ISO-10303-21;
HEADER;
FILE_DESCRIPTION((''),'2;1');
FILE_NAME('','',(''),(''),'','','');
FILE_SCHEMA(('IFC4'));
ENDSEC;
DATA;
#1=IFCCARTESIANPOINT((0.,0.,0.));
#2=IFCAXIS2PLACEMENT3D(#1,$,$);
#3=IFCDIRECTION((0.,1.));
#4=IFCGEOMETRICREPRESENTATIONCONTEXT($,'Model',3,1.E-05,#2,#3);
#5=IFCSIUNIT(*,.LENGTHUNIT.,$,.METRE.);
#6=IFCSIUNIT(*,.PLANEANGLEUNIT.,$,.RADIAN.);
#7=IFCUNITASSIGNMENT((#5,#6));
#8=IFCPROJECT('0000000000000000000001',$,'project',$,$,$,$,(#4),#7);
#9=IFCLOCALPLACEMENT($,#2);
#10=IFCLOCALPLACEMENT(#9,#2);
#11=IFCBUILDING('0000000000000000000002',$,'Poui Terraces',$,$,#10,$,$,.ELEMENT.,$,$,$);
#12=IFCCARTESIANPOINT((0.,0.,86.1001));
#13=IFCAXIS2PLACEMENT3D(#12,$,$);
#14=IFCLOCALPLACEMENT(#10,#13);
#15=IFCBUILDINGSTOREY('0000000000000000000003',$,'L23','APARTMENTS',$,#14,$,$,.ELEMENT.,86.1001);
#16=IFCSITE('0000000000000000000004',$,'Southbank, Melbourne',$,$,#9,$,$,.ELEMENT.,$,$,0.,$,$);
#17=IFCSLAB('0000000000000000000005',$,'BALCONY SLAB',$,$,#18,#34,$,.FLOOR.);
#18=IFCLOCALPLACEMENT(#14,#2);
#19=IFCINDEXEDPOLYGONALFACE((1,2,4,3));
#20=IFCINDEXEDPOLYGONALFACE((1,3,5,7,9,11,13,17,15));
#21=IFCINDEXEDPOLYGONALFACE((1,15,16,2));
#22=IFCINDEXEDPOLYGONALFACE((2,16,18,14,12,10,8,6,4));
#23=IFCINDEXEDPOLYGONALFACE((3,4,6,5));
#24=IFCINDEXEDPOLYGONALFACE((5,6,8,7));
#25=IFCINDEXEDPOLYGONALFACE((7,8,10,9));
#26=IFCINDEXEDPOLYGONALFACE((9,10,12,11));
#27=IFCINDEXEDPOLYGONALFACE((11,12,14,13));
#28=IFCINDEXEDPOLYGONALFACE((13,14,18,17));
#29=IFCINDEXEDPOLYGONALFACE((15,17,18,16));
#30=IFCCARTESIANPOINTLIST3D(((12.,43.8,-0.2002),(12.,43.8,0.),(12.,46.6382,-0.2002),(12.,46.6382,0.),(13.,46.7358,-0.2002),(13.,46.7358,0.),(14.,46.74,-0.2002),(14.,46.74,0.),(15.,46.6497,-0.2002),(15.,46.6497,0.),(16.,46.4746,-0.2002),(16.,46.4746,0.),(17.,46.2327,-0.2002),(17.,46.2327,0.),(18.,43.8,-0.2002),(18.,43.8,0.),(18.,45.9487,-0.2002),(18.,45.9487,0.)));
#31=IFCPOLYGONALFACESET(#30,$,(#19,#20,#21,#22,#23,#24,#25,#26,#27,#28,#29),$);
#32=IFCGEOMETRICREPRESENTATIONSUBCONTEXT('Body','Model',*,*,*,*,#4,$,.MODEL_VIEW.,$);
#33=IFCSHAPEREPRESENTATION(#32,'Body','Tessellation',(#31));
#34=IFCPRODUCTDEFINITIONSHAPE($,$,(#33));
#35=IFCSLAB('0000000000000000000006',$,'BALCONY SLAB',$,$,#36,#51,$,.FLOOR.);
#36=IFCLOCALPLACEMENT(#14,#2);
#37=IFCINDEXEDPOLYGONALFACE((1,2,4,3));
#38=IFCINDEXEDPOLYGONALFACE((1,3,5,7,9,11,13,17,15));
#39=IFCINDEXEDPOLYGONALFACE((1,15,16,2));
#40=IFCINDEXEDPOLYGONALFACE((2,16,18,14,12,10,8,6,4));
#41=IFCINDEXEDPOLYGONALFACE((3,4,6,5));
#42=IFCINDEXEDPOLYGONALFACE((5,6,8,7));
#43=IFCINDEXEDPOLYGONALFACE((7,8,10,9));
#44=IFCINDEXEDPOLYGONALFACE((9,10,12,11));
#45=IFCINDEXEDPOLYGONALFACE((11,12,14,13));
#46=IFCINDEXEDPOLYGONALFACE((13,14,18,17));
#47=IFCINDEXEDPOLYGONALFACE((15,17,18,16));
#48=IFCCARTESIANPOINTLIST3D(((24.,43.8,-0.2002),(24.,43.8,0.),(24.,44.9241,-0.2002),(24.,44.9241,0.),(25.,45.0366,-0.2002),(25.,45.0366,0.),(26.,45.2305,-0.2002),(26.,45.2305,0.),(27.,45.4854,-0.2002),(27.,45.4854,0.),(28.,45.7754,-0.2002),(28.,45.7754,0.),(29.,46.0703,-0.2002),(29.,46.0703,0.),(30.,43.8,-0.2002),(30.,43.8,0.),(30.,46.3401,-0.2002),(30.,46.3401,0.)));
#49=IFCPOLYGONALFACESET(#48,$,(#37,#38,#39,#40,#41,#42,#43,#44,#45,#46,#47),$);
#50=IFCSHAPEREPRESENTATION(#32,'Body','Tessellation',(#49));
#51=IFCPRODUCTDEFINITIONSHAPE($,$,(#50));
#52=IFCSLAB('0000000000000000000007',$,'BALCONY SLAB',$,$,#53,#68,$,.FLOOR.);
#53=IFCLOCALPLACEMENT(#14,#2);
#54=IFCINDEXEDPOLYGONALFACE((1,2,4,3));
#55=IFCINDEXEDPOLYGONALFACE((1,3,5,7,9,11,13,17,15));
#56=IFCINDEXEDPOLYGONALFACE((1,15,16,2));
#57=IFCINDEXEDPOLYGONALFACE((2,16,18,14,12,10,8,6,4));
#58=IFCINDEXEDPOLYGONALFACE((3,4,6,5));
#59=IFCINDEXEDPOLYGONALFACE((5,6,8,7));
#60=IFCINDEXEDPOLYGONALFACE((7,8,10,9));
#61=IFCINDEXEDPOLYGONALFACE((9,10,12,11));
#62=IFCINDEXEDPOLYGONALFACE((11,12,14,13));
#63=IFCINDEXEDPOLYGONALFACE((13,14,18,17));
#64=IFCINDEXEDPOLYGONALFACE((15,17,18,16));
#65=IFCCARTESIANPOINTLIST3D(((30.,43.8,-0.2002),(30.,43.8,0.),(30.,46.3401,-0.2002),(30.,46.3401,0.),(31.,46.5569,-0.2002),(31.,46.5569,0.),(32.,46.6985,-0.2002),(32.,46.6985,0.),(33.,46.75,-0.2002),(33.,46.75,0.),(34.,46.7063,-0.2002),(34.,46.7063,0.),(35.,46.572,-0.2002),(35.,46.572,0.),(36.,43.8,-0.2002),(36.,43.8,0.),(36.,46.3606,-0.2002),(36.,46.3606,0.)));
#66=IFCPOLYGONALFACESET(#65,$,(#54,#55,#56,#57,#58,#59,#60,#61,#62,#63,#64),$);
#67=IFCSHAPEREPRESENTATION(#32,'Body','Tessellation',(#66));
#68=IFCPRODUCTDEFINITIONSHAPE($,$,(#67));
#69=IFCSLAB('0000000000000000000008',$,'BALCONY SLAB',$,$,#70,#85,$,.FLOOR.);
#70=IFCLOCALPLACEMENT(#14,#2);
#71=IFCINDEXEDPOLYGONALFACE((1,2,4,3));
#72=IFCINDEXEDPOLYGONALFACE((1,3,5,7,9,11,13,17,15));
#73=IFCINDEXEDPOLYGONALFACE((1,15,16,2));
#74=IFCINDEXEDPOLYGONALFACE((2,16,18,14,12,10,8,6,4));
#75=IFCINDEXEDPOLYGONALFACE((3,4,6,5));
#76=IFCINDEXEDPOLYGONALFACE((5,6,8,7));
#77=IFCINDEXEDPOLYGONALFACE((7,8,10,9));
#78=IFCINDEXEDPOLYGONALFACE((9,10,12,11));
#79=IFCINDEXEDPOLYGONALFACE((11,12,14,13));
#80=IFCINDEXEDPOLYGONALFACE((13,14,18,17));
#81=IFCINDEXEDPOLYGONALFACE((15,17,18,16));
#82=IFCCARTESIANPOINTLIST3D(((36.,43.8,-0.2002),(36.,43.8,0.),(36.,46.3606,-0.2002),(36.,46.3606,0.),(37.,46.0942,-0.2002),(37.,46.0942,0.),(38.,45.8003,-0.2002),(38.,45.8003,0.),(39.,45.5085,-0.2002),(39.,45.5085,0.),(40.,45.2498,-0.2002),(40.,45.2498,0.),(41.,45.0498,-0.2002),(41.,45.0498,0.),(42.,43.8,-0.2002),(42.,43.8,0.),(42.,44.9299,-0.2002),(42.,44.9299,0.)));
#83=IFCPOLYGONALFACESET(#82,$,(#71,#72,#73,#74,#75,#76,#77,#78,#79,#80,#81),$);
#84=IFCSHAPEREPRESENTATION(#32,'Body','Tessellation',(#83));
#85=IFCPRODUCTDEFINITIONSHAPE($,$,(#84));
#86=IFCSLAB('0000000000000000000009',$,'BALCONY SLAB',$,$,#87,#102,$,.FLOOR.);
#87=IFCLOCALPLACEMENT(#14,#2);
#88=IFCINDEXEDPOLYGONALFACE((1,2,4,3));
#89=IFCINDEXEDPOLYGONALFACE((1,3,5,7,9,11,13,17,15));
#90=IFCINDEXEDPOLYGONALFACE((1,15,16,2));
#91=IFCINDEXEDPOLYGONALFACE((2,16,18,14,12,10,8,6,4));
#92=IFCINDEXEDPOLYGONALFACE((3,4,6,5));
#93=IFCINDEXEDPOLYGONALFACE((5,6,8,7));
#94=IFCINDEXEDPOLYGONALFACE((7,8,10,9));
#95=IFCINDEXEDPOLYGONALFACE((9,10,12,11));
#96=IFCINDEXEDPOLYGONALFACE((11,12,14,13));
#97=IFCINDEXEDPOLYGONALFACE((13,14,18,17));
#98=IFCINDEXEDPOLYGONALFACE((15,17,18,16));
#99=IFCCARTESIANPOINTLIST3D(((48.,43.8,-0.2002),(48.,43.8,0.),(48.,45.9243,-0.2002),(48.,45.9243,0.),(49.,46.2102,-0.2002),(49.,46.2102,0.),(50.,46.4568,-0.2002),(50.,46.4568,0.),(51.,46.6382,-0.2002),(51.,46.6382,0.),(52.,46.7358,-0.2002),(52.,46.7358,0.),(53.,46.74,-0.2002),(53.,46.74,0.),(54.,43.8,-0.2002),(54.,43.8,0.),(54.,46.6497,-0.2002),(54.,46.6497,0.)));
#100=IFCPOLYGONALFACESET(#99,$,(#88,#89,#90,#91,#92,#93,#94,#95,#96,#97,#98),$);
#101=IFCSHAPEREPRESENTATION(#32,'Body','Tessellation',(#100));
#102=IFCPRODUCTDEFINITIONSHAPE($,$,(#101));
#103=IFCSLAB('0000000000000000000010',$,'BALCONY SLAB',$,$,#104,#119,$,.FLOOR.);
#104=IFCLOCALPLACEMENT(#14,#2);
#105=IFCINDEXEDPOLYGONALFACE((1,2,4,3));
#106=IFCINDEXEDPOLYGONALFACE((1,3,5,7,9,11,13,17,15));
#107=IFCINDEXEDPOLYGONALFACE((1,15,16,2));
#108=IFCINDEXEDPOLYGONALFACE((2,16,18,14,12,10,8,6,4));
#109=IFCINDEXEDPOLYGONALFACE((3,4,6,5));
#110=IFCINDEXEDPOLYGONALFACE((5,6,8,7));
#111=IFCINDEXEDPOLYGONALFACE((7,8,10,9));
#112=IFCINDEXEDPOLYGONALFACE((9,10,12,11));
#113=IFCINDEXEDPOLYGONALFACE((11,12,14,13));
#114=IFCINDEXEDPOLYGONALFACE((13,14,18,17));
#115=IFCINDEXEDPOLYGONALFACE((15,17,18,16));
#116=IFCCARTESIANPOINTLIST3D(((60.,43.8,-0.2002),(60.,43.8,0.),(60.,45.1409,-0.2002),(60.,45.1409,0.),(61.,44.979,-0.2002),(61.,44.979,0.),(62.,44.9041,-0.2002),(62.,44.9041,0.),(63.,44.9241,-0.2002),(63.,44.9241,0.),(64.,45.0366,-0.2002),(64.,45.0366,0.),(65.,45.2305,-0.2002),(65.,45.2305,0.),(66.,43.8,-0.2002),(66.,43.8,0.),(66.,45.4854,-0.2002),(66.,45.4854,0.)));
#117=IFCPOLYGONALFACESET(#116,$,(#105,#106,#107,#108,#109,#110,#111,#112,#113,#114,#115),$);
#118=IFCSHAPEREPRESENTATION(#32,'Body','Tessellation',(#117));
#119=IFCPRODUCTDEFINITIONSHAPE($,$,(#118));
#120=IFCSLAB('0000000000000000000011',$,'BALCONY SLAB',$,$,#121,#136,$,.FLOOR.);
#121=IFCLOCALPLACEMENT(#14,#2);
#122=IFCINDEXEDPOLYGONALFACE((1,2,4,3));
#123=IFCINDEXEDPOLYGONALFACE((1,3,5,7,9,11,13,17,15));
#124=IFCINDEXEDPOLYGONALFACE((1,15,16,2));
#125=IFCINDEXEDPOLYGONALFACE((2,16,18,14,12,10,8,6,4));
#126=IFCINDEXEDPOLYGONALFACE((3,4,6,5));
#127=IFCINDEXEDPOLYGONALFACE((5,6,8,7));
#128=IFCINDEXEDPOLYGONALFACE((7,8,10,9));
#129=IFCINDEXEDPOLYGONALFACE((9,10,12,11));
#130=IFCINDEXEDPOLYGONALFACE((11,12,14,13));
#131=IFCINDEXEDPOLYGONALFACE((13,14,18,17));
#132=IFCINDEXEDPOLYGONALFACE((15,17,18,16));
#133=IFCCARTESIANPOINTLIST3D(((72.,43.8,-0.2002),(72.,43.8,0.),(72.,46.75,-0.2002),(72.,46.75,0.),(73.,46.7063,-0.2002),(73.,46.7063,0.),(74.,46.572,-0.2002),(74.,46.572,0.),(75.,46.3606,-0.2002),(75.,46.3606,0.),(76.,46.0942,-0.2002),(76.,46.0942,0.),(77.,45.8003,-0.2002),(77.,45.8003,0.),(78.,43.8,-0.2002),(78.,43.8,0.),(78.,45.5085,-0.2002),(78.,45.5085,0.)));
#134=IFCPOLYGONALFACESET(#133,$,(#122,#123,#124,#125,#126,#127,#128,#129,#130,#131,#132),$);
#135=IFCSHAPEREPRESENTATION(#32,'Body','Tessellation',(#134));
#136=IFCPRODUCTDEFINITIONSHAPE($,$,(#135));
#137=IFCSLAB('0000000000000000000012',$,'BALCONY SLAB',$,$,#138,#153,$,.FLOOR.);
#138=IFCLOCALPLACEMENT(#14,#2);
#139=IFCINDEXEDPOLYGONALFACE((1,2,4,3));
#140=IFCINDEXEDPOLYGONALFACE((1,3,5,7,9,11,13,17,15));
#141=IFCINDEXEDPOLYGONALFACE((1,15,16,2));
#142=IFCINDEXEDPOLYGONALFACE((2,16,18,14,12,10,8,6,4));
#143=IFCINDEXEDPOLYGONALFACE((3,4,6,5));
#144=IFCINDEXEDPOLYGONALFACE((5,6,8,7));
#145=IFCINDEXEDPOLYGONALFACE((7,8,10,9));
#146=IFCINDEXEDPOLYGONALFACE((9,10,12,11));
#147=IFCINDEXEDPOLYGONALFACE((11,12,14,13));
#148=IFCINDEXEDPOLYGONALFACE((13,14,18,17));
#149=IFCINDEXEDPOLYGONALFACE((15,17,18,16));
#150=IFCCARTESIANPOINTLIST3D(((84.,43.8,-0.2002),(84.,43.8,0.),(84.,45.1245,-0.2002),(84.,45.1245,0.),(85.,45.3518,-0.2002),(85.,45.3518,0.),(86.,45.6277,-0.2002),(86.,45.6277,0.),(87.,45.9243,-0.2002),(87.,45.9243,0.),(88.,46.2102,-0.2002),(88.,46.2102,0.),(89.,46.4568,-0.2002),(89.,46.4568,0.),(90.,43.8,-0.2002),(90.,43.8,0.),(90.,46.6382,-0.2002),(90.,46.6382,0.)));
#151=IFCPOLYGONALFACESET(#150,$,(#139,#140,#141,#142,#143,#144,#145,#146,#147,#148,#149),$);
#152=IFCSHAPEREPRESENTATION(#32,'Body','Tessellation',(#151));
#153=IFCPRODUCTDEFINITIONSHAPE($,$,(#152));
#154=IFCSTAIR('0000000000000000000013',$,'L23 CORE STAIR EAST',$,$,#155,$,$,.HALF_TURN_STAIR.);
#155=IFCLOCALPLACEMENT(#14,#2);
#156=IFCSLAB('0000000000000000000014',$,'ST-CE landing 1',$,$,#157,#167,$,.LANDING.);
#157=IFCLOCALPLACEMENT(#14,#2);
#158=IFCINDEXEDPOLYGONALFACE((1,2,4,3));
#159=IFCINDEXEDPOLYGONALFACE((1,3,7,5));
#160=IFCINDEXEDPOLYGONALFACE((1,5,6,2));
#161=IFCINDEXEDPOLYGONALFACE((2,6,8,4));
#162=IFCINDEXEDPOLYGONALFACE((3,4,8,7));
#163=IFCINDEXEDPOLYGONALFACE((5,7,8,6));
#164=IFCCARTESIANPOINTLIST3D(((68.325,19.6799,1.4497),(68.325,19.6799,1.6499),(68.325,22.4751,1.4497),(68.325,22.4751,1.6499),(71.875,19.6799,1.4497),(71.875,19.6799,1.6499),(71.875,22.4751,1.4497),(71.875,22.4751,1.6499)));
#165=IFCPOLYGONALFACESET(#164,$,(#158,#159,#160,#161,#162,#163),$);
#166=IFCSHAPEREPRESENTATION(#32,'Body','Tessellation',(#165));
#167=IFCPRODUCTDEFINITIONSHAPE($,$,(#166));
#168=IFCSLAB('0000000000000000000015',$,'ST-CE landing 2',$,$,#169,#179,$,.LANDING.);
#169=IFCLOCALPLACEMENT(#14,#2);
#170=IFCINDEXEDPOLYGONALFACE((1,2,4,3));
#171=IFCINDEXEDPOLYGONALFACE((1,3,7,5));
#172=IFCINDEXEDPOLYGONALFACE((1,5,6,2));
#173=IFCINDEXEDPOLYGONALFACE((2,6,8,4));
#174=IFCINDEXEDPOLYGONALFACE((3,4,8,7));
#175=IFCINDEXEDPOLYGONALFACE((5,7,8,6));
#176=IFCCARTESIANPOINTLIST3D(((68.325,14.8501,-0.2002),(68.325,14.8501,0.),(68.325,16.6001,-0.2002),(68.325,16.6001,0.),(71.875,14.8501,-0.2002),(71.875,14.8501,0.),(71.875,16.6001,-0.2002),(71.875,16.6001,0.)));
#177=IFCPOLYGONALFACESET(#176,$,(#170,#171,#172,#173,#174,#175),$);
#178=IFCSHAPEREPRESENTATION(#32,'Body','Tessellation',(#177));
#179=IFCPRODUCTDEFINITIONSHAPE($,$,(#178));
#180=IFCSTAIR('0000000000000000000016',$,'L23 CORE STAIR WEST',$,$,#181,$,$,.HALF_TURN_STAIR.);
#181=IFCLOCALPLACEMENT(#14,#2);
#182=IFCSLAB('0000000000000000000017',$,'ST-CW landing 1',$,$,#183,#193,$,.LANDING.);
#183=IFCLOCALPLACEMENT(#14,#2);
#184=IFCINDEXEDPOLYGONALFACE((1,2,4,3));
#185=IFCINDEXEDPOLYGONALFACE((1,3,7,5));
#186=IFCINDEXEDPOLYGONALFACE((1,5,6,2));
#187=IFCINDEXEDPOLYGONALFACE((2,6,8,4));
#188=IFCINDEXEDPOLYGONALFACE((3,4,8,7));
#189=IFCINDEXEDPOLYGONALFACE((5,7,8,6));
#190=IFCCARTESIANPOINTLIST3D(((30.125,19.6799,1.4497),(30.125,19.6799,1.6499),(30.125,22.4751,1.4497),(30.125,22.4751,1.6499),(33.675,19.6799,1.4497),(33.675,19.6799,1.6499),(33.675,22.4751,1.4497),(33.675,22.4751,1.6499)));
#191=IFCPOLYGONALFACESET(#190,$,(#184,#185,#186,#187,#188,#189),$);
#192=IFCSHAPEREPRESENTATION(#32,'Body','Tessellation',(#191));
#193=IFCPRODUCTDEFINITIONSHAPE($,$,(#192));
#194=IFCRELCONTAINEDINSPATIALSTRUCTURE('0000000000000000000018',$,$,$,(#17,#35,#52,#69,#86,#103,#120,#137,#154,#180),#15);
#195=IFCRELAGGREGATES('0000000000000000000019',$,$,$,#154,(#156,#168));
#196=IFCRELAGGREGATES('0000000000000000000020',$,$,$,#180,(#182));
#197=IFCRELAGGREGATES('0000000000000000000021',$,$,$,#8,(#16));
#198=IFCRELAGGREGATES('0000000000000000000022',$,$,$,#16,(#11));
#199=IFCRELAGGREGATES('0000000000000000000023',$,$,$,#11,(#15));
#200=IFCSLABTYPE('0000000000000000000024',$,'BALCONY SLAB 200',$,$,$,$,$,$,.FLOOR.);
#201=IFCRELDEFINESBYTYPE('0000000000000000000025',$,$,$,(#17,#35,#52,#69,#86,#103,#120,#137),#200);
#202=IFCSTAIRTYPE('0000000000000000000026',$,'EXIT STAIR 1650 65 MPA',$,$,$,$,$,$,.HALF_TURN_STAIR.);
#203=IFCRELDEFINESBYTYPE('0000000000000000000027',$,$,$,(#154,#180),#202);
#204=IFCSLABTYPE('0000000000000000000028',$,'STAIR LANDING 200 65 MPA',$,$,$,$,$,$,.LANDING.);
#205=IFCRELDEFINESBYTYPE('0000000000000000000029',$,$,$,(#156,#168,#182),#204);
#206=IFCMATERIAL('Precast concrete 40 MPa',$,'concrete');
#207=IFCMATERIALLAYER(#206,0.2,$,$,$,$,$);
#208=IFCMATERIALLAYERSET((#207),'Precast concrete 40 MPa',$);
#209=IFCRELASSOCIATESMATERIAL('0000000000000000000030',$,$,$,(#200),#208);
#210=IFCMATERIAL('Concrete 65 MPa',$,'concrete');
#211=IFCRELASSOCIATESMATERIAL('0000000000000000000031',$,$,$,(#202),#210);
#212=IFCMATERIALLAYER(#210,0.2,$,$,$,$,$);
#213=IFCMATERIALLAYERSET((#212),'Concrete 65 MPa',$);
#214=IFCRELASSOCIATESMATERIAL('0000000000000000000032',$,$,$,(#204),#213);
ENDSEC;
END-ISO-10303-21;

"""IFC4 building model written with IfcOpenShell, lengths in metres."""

from ifc_helpers import new_model, si_unit, direction, frame, origin, place, context, subcontext, project, spatial, polyline, outline, extrude, material, layer, layer_set, type_object, element, aggregate, save


model = new_model("IFC4")

# Units and contexts
model_context = context("Model", 3, precision=1e-05, world=origin(), true_north=direction((0.0, 1.0)))
body_context = subcontext(model_context, "Body", "Model", "MODEL_VIEW")
ifc_project = project(units=[si_unit("LENGTHUNIT", "METRE"), si_unit("PLANEANGLEUNIT", "RADIAN")], contexts=[model_context])

# Site, building, storey
site_placement = place(None, origin())
site = spatial("IfcSite", under=ifc_project, at=site_placement, Name="Southbank, Melbourne", CompositionType="ELEMENT", RefElevation=0.0)
building_placement = place(site_placement, origin())
building = spatial("IfcBuilding", under=site, at=building_placement, Name="Poui Terraces", CompositionType="ELEMENT")
storey_placement = place(building_placement, frame((0.0, 0.0, 86.1001)))
storey = spatial("IfcBuildingStorey", under=building, at=storey_placement, Name="L23", Description="APARTMENTS", CompositionType="ELEMENT", Elevation=86.1001)

# Slabs
ifc_material_1 = material(Name="Precast concrete 40 MPa", Category="concrete")
ifc_layer_1 = layer(ifc_material_1, 0.2)
ifc_layer_set_1 = layer_set([ifc_layer_1], Name="Precast concrete 40 MPa")
slab_type_1 = type_object("IfcSlabType", Name="BALCONY SLAB 200", PredefinedType="FLOOR", material=ifc_layer_set_1)
slab_1_placement = place(storey_placement, frame((0.0, 0.0, -0.2002)))
element("IfcSlab", 1, at=slab_1_placement, inside=storey, type_object=slab_type_1, Name="BALCONY SLAB", PredefinedType="FLOOR", context=body_context, shape_type="SweptSolid", body=[
    extrude(outline(polyline([(12.0, 43.8), (18.0, 43.8), (18.0, 45.9487), (17.0, 46.2327), (16.0, 46.4746), (15.0, 46.6497), (14.0, 46.74), (13.0, 46.7358), (12.0, 46.6382), (12.0, 43.8)])), origin(), (0.0, 0.0, 1.0), 0.2002),
])
slab_2_placement = place(storey_placement, frame((0.0, 0.0, -0.2002)))
element("IfcSlab", 2, at=slab_2_placement, inside=storey, type_object=slab_type_1, Name="BALCONY SLAB", PredefinedType="FLOOR", context=body_context, shape_type="SweptSolid", body=[
    extrude(outline(polyline([(24.0, 43.8), (30.0, 43.8), (30.0, 46.3401), (29.0, 46.0703), (28.0, 45.7754), (27.0, 45.4854), (26.0, 45.2305), (25.0, 45.0366), (24.0, 44.9241), (24.0, 43.8)])), origin(), (0.0, 0.0, 1.0), 0.2002),
])
slab_3_placement = place(storey_placement, frame((0.0, 0.0, -0.2002)))
element("IfcSlab", 3, at=slab_3_placement, inside=storey, type_object=slab_type_1, Name="BALCONY SLAB", PredefinedType="FLOOR", context=body_context, shape_type="SweptSolid", body=[
    extrude(outline(polyline([(30.0, 43.8), (36.0, 43.8), (36.0, 46.3606), (35.0, 46.572), (34.0, 46.7063), (33.0, 46.75), (32.0, 46.6985), (31.0, 46.5569), (30.0, 46.3401), (30.0, 43.8)])), origin(), (0.0, 0.0, 1.0), 0.2002),
])
slab_4_placement = place(storey_placement, frame((0.0, 0.0, -0.2002)))
element("IfcSlab", 4, at=slab_4_placement, inside=storey, type_object=slab_type_1, Name="BALCONY SLAB", PredefinedType="FLOOR", context=body_context, shape_type="SweptSolid", body=[
    extrude(outline(polyline([(36.0, 43.8), (42.0, 43.8), (42.0, 44.9299), (41.0, 45.0498), (40.0, 45.2498), (39.0, 45.5085), (38.0, 45.8003), (37.0, 46.0942), (36.0, 46.3606), (36.0, 43.8)])), origin(), (0.0, 0.0, 1.0), 0.2002),
])
slab_5_placement = place(storey_placement, frame((0.0, 0.0, -0.2002)))
element("IfcSlab", 5, at=slab_5_placement, inside=storey, type_object=slab_type_1, Name="BALCONY SLAB", PredefinedType="FLOOR", context=body_context, shape_type="SweptSolid", body=[
    extrude(outline(polyline([(48.0, 43.8), (54.0, 43.8), (54.0, 46.6497), (53.0, 46.74), (52.0, 46.7358), (51.0, 46.6382), (50.0, 46.4568), (49.0, 46.2102), (48.0, 45.9243), (48.0, 43.8)])), origin(), (0.0, 0.0, 1.0), 0.2002),
])
slab_6_placement = place(storey_placement, frame((0.0, 0.0, -0.2002)))
element("IfcSlab", 6, at=slab_6_placement, inside=storey, type_object=slab_type_1, Name="BALCONY SLAB", PredefinedType="FLOOR", context=body_context, shape_type="SweptSolid", body=[
    extrude(outline(polyline([(60.0, 43.8), (66.0, 43.8), (66.0, 45.4854), (65.0, 45.2305), (64.0, 45.0366), (63.0, 44.9241), (62.0, 44.9041), (61.0, 44.979), (60.0, 45.1409), (60.0, 43.8)])), origin(), (0.0, 0.0, 1.0), 0.2002),
])
slab_7_placement = place(storey_placement, frame((0.0, 0.0, -0.2002)))
element("IfcSlab", 7, at=slab_7_placement, inside=storey, type_object=slab_type_1, Name="BALCONY SLAB", PredefinedType="FLOOR", context=body_context, shape_type="SweptSolid", body=[
    extrude(outline(polyline([(72.0, 43.8), (78.0, 43.8), (78.0, 45.5085), (77.0, 45.8003), (76.0, 46.0942), (75.0, 46.3606), (74.0, 46.572), (73.0, 46.7063), (72.0, 46.75), (72.0, 43.8)])), origin(), (0.0, 0.0, 1.0), 0.2002),
])
slab_8_placement = place(storey_placement, frame((0.0, 0.0, -0.2002)))
element("IfcSlab", 8, at=slab_8_placement, inside=storey, type_object=slab_type_1, Name="BALCONY SLAB", PredefinedType="FLOOR", context=body_context, shape_type="SweptSolid", body=[
    extrude(outline(polyline([(84.0, 43.8), (90.0, 43.8), (90.0, 46.6382), (89.0, 46.4568), (88.0, 46.2102), (87.0, 45.9243), (86.0, 45.6277), (85.0, 45.3518), (84.0, 45.1245), (84.0, 43.8)])), origin(), (0.0, 0.0, 1.0), 0.2002),
])

# Stairs, slabs
ifc_material_2 = material(Name="Concrete 65 MPa", Category="concrete")
stair_type = type_object("IfcStairType", Name="EXIT STAIR 1650 65 MPA", PredefinedType="HALF_TURN_STAIR", material=ifc_material_2)
stair_1_placement = place(storey_placement, origin())
stair_1 = element("IfcStair", 9, at=stair_1_placement, inside=storey, type_object=stair_type, Name="L23 CORE STAIR EAST", PredefinedType="HALF_TURN_STAIR")
ifc_layer_2 = layer(ifc_material_2, 0.2)
ifc_layer_set_2 = layer_set([ifc_layer_2], Name="Concrete 65 MPa")
slab_type_2 = type_object("IfcSlabType", Name="STAIR LANDING 200 65 MPA", PredefinedType="LANDING", material=ifc_layer_set_2)
slab_9_placement = place(storey_placement, frame((0.0, 0.0, 1.4497)))
slab_9 = element("IfcSlab", 10, at=slab_9_placement, type_object=slab_type_2, Name="ST-CE landing 1", PredefinedType="LANDING", context=body_context, shape_type="SweptSolid", body=[
    extrude(outline(polyline([(68.325, 19.6799), (71.875, 19.6799), (71.875, 22.4751), (68.325, 22.4751), (68.325, 19.6799)])), origin(), (0.0, 0.0, 1.0), 0.2002),
])
slab_10_placement = place(storey_placement, frame((0.0, 0.0, -0.2002)))
slab_10 = element("IfcSlab", 11, at=slab_10_placement, type_object=slab_type_2, Name="ST-CE landing 2", PredefinedType="LANDING", context=body_context, shape_type="SweptSolid", body=[
    extrude(outline(polyline([(68.325, 14.8501), (71.875, 14.8501), (71.875, 16.6001), (68.325, 16.6001), (68.325, 14.8501)])), origin(), (0.0, 0.0, 1.0), 0.2002),
])
aggregate(stair_1, [slab_9, slab_10])
stair_2_placement = place(storey_placement, origin())
stair_2 = element("IfcStair", 12, at=stair_2_placement, inside=storey, type_object=stair_type, Name="L23 CORE STAIR WEST", PredefinedType="HALF_TURN_STAIR")
slab_11_placement = place(storey_placement, frame((0.0, 0.0, 1.4497)))
slab_11 = element("IfcSlab", 13, at=slab_11_placement, type_object=slab_type_2, Name="ST-CW landing 1", PredefinedType="LANDING", context=body_context, shape_type="SweptSolid", body=[
    extrude(outline(polyline([(30.125, 19.6799), (33.675, 19.6799), (33.675, 22.4751), (30.125, 22.4751), (30.125, 19.6799)])), origin(), (0.0, 0.0, 1.0), 0.2002),
])
aggregate(stair_2, [slab_11])

save(model, "model.ifc")
